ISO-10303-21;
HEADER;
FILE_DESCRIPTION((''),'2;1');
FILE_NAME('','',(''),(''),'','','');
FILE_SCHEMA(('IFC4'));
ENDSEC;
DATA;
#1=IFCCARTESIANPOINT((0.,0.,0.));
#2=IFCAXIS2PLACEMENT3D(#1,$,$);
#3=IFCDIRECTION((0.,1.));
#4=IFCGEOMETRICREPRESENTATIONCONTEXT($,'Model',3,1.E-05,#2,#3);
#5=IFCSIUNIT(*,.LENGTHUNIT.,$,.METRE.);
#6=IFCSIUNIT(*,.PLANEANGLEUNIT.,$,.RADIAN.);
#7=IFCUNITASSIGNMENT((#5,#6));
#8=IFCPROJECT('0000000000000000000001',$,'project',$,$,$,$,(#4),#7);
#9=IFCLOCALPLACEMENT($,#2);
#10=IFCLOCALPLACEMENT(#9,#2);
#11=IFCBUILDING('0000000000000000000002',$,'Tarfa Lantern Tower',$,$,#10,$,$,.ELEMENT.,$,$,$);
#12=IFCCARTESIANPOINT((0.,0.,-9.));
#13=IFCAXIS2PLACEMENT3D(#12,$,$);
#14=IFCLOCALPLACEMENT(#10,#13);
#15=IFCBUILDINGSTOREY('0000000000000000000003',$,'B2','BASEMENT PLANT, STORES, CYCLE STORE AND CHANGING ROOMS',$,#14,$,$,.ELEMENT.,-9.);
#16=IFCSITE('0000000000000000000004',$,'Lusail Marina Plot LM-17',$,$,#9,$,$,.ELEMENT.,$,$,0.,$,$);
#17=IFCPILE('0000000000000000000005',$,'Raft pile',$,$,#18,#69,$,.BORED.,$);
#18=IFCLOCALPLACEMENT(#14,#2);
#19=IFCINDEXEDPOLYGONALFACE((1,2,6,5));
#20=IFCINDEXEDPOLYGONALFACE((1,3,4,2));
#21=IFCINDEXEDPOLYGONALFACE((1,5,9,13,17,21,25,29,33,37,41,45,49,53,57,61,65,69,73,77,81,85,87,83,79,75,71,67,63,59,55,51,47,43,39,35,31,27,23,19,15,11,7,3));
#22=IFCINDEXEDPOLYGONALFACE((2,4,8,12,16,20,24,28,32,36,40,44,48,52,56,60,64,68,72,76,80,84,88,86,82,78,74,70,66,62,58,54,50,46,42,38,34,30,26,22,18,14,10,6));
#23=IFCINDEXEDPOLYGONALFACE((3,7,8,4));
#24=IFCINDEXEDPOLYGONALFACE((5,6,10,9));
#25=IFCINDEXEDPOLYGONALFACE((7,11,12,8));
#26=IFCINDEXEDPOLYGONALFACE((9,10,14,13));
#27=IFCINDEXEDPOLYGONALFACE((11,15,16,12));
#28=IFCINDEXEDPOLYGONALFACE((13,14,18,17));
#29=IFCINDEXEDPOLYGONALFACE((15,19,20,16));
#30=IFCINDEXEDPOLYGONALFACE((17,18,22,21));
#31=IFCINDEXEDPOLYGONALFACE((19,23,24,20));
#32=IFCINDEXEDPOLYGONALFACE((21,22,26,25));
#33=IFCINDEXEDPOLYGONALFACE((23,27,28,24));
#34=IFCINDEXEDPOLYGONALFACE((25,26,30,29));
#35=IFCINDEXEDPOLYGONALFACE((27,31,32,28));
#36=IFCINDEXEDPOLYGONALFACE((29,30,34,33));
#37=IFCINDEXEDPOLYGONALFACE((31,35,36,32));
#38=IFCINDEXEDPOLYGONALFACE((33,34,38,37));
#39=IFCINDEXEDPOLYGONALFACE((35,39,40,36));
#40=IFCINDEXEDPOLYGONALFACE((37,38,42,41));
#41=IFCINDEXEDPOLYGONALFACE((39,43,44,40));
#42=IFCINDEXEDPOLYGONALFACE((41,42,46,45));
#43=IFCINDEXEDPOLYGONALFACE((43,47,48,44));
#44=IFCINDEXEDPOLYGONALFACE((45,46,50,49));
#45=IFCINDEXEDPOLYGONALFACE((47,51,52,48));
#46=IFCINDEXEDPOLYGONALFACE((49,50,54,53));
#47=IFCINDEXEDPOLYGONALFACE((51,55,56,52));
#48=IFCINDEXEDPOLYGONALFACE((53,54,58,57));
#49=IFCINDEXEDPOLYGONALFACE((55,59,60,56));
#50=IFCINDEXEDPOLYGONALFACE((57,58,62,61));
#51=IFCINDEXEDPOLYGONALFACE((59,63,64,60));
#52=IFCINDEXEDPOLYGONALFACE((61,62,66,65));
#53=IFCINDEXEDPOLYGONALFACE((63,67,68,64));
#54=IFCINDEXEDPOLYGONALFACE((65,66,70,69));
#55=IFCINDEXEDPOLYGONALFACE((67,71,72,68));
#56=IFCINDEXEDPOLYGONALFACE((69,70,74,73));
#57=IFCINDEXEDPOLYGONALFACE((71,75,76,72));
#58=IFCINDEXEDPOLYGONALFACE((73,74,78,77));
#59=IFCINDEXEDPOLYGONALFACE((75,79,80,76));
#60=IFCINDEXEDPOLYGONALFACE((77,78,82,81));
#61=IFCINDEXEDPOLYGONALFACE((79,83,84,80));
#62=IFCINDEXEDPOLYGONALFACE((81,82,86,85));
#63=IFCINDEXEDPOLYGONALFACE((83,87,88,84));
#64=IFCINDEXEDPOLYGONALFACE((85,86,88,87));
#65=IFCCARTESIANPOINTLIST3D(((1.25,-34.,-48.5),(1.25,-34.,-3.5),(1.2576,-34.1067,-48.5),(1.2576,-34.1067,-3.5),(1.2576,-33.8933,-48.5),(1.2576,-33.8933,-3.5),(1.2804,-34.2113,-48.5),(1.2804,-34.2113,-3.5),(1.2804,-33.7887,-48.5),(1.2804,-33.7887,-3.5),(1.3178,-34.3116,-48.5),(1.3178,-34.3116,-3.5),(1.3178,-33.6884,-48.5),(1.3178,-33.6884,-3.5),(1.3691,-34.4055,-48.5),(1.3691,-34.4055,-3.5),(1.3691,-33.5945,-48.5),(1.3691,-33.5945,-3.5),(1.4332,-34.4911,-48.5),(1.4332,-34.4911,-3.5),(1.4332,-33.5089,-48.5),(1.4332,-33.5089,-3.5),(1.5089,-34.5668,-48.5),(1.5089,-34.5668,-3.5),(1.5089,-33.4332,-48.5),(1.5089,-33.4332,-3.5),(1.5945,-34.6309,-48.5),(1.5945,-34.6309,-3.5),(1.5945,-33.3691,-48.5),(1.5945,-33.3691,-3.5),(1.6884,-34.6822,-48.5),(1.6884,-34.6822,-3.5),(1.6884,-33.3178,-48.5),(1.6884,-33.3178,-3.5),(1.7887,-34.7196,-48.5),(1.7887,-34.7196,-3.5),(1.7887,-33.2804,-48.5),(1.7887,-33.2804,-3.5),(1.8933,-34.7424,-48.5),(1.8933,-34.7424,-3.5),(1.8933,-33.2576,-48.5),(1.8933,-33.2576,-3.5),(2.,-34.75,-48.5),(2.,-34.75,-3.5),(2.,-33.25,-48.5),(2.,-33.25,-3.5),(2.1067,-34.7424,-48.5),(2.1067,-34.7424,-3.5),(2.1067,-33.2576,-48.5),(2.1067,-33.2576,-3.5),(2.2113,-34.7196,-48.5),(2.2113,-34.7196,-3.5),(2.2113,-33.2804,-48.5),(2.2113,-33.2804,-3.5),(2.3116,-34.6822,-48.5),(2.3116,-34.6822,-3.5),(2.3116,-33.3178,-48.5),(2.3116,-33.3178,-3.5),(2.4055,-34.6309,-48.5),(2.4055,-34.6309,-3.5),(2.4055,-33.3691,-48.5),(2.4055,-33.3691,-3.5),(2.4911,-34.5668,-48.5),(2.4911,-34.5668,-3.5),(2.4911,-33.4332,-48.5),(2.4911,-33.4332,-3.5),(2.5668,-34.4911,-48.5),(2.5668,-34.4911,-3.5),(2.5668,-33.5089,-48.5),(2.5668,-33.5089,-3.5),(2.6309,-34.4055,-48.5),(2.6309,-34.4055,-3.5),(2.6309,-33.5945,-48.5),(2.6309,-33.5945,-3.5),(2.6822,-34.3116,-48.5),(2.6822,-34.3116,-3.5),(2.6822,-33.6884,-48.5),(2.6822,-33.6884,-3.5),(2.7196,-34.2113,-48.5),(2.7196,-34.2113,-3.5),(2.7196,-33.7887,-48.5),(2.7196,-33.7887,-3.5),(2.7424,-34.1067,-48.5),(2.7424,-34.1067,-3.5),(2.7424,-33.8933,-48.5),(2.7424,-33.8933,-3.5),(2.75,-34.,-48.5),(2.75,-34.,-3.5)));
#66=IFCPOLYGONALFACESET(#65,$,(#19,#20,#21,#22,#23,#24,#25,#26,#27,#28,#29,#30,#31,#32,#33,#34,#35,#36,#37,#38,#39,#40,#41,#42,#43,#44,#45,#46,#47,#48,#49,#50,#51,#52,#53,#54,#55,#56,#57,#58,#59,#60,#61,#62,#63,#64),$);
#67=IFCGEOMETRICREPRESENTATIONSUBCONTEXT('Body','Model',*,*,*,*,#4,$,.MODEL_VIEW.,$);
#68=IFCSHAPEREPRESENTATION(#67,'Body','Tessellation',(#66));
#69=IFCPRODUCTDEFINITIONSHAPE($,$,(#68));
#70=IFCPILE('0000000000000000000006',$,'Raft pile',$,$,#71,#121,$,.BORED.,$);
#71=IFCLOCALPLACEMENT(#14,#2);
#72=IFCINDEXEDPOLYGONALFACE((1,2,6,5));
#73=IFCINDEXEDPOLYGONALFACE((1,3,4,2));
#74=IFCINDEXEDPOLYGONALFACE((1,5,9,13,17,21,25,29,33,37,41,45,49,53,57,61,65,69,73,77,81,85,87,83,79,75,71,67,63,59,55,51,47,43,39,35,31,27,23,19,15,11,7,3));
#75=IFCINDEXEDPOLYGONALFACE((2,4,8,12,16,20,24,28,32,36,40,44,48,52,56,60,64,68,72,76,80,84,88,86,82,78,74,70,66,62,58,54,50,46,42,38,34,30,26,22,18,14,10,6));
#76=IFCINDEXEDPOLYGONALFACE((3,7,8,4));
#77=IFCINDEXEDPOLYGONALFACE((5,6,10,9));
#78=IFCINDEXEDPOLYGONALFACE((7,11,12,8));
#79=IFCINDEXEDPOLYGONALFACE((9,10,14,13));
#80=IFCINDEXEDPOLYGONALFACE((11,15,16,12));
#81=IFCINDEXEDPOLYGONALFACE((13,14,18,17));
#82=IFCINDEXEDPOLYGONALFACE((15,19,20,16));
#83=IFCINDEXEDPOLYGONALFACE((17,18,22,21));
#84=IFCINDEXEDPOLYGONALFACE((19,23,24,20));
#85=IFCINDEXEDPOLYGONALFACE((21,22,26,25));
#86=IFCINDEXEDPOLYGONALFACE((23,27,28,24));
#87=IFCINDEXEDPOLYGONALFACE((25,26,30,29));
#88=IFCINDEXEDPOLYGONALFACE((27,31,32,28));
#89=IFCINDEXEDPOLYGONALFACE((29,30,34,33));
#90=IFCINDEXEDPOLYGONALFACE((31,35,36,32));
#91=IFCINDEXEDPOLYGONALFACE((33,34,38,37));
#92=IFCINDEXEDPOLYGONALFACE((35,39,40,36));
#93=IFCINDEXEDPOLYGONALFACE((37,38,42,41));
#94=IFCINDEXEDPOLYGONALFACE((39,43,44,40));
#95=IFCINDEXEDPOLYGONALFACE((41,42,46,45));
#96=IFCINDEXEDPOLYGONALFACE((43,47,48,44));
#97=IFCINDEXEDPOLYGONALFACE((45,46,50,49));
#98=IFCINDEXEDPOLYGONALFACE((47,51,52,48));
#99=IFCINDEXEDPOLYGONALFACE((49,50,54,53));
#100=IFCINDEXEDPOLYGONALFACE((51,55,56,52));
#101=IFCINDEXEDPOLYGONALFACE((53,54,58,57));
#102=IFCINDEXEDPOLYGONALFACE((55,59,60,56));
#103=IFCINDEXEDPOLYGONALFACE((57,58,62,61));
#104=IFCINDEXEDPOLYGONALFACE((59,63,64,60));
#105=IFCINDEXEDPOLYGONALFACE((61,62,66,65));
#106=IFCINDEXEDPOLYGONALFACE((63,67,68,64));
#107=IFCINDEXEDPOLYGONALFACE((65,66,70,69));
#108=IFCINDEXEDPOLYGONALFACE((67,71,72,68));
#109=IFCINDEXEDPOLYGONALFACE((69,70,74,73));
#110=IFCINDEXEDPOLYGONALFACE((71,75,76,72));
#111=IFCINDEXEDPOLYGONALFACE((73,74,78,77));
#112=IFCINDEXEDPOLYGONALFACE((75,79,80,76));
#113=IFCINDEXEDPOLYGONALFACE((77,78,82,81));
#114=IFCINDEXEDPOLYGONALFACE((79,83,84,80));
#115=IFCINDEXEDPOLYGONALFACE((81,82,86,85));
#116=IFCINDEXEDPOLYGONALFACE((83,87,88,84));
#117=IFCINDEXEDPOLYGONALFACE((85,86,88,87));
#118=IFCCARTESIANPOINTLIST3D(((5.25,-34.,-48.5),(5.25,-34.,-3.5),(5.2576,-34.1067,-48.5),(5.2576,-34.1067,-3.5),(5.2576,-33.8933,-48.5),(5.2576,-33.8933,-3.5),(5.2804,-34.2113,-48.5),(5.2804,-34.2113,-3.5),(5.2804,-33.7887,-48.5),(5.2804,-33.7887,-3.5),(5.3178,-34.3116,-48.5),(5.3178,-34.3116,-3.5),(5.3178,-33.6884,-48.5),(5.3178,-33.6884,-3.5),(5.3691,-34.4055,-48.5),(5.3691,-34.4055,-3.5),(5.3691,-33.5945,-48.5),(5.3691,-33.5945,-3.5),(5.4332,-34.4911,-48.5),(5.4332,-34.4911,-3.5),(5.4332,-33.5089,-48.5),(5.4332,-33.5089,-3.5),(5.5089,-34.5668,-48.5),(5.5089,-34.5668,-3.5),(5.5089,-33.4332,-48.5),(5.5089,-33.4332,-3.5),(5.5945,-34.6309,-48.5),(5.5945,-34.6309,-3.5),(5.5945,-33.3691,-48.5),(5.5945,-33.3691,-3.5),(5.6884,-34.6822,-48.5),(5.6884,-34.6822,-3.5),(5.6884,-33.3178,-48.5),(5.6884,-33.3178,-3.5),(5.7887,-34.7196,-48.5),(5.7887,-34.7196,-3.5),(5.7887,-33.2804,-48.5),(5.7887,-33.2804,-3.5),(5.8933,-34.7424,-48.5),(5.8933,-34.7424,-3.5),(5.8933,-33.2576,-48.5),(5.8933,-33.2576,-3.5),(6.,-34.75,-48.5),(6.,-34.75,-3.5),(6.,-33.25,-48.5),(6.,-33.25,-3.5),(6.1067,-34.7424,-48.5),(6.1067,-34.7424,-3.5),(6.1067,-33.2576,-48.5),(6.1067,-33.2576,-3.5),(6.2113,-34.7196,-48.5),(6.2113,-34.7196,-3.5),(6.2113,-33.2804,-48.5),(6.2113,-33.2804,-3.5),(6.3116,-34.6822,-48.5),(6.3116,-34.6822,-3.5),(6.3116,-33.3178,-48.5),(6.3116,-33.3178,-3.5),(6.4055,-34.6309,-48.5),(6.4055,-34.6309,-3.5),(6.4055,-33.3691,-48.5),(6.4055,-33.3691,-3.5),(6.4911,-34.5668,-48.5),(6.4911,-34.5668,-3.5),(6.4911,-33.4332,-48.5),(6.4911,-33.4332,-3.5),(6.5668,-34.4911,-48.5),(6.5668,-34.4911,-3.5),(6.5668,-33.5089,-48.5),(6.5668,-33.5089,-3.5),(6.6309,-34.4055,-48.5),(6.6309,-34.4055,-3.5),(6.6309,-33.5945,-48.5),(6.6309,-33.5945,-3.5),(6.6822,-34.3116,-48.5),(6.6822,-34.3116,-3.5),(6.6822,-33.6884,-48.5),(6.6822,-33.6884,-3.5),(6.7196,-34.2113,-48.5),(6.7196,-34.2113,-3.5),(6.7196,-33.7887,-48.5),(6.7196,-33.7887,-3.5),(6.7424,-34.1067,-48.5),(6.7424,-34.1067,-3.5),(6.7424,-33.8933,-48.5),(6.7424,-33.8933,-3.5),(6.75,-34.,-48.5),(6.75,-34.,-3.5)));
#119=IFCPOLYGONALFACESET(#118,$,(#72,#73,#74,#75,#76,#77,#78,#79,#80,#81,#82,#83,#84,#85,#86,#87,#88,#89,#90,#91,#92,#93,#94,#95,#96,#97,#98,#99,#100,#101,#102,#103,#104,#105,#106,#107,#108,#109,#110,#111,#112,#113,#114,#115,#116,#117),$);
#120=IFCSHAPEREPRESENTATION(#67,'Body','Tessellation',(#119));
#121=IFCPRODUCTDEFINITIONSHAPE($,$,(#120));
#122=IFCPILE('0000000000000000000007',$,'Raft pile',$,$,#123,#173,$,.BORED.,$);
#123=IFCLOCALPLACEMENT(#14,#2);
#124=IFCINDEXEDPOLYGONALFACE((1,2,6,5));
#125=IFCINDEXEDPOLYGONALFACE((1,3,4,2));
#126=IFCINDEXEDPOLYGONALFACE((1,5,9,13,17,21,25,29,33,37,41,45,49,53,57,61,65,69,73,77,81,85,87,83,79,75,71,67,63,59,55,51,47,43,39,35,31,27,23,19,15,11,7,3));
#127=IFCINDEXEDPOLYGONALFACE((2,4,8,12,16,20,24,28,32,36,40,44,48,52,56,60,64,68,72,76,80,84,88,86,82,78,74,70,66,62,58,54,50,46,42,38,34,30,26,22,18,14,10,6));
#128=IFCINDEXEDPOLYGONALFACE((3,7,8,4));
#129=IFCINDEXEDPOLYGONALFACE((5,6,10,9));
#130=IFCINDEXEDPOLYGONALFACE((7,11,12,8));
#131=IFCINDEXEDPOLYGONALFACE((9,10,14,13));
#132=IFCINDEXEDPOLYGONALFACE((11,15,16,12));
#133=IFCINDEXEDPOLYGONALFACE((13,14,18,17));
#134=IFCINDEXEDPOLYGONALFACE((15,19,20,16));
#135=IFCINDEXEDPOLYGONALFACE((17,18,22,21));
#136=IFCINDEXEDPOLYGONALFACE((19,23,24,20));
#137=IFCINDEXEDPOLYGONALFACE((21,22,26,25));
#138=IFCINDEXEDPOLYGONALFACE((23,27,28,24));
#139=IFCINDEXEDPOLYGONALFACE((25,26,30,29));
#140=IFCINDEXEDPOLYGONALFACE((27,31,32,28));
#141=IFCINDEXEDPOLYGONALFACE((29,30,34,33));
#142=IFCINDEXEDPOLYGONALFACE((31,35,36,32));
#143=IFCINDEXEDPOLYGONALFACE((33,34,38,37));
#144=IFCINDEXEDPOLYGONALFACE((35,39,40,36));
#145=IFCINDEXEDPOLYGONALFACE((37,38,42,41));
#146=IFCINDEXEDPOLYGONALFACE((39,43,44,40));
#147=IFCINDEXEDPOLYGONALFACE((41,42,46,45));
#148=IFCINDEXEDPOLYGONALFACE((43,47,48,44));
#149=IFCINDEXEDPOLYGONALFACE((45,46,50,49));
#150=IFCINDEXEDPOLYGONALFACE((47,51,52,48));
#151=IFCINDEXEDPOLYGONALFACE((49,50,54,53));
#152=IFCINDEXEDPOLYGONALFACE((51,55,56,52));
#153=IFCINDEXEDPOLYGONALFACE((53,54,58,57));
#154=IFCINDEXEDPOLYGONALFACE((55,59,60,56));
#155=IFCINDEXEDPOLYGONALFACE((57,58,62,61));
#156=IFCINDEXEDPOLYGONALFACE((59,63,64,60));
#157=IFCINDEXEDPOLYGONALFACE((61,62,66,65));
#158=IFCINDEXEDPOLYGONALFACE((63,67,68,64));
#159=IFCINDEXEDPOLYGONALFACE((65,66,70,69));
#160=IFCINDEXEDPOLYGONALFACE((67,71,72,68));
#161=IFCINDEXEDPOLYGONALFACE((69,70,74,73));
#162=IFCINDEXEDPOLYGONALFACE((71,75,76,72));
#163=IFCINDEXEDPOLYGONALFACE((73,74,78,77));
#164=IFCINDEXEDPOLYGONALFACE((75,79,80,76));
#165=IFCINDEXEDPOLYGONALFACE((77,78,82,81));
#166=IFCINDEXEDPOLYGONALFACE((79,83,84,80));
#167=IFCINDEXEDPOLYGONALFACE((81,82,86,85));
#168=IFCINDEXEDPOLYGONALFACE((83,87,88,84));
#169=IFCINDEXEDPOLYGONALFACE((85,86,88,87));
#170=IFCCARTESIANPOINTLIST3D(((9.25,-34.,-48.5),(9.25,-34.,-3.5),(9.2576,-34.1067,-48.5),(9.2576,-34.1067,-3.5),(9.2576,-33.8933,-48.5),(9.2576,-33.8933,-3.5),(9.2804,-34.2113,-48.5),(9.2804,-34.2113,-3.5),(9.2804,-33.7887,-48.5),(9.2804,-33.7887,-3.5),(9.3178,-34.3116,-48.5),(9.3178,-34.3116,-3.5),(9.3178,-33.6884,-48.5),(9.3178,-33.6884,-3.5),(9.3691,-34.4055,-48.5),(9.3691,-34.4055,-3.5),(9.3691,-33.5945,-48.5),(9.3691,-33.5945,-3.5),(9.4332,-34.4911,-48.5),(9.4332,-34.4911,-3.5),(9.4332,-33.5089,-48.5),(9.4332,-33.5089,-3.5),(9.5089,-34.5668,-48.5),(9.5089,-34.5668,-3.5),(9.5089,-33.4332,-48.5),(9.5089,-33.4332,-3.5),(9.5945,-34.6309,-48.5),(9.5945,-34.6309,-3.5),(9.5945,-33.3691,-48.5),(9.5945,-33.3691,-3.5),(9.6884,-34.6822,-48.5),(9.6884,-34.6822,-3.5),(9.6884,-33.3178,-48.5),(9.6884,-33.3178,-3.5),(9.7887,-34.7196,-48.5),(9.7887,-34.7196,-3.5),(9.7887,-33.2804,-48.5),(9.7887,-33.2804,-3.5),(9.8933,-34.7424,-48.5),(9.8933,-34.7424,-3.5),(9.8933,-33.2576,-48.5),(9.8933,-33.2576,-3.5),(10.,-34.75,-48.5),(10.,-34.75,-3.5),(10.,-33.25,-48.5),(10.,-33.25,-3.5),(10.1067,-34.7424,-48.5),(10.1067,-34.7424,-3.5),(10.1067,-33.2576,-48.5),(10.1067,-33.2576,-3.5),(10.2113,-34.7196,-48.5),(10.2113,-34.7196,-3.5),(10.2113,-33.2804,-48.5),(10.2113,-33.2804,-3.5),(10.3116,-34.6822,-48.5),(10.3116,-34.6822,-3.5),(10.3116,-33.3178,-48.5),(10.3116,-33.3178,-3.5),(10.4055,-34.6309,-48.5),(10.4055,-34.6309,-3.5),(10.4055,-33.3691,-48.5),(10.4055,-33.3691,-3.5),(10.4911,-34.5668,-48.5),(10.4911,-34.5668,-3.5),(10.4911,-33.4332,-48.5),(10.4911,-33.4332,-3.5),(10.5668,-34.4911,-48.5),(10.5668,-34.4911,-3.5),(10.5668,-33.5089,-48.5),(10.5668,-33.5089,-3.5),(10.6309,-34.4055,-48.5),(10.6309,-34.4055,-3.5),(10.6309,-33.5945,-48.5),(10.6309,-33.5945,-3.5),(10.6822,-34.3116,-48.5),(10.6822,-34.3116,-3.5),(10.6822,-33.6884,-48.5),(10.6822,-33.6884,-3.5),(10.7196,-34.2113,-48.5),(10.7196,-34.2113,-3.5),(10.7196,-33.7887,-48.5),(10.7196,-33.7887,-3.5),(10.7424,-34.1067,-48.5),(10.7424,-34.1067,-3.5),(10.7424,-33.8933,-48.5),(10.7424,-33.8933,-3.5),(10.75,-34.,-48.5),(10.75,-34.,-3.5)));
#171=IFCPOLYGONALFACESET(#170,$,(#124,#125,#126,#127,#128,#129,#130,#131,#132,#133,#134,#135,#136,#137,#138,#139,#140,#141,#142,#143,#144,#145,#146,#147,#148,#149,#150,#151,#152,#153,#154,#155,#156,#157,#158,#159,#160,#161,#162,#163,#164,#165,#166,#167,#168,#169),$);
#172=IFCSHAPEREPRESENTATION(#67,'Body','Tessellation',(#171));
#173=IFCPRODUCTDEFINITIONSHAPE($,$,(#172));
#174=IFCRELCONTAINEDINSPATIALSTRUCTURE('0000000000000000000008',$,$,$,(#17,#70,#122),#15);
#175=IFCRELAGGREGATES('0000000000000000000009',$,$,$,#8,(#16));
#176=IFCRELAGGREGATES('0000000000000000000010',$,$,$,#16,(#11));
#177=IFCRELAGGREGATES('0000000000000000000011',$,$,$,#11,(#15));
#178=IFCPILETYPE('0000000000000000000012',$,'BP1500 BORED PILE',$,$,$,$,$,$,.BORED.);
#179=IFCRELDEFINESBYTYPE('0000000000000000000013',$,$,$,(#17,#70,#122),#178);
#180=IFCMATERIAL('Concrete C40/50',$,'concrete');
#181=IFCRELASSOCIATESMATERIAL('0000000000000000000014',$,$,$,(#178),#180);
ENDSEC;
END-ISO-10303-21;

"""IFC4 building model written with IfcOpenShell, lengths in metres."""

from ifc_helpers import new_model, si_unit, direction, frame, origin, origin_2d, place, context, subcontext, project, spatial, circle, extrude, material, material_profile, profile_set, type_object, element, save


model = new_model("IFC4")

# Units and contexts
model_context = context("Model", 3, precision=1e-05, world=origin(), true_north=direction((0.0, 1.0)))
body_context = subcontext(model_context, "Body", "Model", "MODEL_VIEW")
ifc_project = project(units=[si_unit("LENGTHUNIT", "METRE"), si_unit("PLANEANGLEUNIT", "RADIAN")], contexts=[model_context])

# Site, building, storey
site_placement = place(None, origin())
site = spatial("IfcSite", under=ifc_project, at=site_placement, Name="Lusail Marina Plot LM-17", CompositionType="ELEMENT", RefElevation=0.0)
building_placement = place(site_placement, origin())
building = spatial("IfcBuilding", under=site, at=building_placement, Name="Tarfa Lantern Tower", CompositionType="ELEMENT")
storey_placement = place(building_placement, frame((0.0, 0.0, -9.0)))
storey = spatial("IfcBuildingStorey", under=building, at=storey_placement, Name="B2", Description="BASEMENT PLANT, STORES, CYCLE STORE AND CHANGING ROOMS", CompositionType="ELEMENT", Elevation=-9.0)

# Piles
ifc_material_1 = material(Name="Concrete C40/50", Category="concrete")
ifc_material_profile_1 = material_profile(ifc_material_1, circle(Radius=0.75, at=origin_2d()), Name="BORED PILE D1500")
ifc_profile_set_1 = profile_set([ifc_material_profile_1], Name="Concrete C40/50")
pile_type_1 = type_object("IfcPileType", Name="BP1500 BORED PILE", PredefinedType="BORED", material=ifc_profile_set_1)
for number, where, z_axis, x_axis, name in (
    (1, (2.0, -34.0, -3.5), (0.0, 0.0, -1.0), (1.0, 0.0, 0.0), "Raft pile"),
    (2, (6.0, -34.0, -3.5), (0.0, 0.0, -1.0), (1.0, 0.0, 0.0), "Raft pile"),
    (3, (10.0, -34.0, -3.5), (0.0, 0.0, -1.0), (1.0, 0.0, 0.0), "Raft pile"),
):
    element("IfcPile", number, at=place(storey_placement, frame(where, z_axis=z_axis, x_axis=x_axis)), inside=storey, type_object=pile_type_1, Name=name, PredefinedType="BORED", context=body_context, shape_type="SweptSolid", body=[
        extrude(circle(Radius=0.75, at=origin_2d()), origin(), (0.0, 0.0, 1.0), 45.0),
    ])

save(model, "model.ifc")
